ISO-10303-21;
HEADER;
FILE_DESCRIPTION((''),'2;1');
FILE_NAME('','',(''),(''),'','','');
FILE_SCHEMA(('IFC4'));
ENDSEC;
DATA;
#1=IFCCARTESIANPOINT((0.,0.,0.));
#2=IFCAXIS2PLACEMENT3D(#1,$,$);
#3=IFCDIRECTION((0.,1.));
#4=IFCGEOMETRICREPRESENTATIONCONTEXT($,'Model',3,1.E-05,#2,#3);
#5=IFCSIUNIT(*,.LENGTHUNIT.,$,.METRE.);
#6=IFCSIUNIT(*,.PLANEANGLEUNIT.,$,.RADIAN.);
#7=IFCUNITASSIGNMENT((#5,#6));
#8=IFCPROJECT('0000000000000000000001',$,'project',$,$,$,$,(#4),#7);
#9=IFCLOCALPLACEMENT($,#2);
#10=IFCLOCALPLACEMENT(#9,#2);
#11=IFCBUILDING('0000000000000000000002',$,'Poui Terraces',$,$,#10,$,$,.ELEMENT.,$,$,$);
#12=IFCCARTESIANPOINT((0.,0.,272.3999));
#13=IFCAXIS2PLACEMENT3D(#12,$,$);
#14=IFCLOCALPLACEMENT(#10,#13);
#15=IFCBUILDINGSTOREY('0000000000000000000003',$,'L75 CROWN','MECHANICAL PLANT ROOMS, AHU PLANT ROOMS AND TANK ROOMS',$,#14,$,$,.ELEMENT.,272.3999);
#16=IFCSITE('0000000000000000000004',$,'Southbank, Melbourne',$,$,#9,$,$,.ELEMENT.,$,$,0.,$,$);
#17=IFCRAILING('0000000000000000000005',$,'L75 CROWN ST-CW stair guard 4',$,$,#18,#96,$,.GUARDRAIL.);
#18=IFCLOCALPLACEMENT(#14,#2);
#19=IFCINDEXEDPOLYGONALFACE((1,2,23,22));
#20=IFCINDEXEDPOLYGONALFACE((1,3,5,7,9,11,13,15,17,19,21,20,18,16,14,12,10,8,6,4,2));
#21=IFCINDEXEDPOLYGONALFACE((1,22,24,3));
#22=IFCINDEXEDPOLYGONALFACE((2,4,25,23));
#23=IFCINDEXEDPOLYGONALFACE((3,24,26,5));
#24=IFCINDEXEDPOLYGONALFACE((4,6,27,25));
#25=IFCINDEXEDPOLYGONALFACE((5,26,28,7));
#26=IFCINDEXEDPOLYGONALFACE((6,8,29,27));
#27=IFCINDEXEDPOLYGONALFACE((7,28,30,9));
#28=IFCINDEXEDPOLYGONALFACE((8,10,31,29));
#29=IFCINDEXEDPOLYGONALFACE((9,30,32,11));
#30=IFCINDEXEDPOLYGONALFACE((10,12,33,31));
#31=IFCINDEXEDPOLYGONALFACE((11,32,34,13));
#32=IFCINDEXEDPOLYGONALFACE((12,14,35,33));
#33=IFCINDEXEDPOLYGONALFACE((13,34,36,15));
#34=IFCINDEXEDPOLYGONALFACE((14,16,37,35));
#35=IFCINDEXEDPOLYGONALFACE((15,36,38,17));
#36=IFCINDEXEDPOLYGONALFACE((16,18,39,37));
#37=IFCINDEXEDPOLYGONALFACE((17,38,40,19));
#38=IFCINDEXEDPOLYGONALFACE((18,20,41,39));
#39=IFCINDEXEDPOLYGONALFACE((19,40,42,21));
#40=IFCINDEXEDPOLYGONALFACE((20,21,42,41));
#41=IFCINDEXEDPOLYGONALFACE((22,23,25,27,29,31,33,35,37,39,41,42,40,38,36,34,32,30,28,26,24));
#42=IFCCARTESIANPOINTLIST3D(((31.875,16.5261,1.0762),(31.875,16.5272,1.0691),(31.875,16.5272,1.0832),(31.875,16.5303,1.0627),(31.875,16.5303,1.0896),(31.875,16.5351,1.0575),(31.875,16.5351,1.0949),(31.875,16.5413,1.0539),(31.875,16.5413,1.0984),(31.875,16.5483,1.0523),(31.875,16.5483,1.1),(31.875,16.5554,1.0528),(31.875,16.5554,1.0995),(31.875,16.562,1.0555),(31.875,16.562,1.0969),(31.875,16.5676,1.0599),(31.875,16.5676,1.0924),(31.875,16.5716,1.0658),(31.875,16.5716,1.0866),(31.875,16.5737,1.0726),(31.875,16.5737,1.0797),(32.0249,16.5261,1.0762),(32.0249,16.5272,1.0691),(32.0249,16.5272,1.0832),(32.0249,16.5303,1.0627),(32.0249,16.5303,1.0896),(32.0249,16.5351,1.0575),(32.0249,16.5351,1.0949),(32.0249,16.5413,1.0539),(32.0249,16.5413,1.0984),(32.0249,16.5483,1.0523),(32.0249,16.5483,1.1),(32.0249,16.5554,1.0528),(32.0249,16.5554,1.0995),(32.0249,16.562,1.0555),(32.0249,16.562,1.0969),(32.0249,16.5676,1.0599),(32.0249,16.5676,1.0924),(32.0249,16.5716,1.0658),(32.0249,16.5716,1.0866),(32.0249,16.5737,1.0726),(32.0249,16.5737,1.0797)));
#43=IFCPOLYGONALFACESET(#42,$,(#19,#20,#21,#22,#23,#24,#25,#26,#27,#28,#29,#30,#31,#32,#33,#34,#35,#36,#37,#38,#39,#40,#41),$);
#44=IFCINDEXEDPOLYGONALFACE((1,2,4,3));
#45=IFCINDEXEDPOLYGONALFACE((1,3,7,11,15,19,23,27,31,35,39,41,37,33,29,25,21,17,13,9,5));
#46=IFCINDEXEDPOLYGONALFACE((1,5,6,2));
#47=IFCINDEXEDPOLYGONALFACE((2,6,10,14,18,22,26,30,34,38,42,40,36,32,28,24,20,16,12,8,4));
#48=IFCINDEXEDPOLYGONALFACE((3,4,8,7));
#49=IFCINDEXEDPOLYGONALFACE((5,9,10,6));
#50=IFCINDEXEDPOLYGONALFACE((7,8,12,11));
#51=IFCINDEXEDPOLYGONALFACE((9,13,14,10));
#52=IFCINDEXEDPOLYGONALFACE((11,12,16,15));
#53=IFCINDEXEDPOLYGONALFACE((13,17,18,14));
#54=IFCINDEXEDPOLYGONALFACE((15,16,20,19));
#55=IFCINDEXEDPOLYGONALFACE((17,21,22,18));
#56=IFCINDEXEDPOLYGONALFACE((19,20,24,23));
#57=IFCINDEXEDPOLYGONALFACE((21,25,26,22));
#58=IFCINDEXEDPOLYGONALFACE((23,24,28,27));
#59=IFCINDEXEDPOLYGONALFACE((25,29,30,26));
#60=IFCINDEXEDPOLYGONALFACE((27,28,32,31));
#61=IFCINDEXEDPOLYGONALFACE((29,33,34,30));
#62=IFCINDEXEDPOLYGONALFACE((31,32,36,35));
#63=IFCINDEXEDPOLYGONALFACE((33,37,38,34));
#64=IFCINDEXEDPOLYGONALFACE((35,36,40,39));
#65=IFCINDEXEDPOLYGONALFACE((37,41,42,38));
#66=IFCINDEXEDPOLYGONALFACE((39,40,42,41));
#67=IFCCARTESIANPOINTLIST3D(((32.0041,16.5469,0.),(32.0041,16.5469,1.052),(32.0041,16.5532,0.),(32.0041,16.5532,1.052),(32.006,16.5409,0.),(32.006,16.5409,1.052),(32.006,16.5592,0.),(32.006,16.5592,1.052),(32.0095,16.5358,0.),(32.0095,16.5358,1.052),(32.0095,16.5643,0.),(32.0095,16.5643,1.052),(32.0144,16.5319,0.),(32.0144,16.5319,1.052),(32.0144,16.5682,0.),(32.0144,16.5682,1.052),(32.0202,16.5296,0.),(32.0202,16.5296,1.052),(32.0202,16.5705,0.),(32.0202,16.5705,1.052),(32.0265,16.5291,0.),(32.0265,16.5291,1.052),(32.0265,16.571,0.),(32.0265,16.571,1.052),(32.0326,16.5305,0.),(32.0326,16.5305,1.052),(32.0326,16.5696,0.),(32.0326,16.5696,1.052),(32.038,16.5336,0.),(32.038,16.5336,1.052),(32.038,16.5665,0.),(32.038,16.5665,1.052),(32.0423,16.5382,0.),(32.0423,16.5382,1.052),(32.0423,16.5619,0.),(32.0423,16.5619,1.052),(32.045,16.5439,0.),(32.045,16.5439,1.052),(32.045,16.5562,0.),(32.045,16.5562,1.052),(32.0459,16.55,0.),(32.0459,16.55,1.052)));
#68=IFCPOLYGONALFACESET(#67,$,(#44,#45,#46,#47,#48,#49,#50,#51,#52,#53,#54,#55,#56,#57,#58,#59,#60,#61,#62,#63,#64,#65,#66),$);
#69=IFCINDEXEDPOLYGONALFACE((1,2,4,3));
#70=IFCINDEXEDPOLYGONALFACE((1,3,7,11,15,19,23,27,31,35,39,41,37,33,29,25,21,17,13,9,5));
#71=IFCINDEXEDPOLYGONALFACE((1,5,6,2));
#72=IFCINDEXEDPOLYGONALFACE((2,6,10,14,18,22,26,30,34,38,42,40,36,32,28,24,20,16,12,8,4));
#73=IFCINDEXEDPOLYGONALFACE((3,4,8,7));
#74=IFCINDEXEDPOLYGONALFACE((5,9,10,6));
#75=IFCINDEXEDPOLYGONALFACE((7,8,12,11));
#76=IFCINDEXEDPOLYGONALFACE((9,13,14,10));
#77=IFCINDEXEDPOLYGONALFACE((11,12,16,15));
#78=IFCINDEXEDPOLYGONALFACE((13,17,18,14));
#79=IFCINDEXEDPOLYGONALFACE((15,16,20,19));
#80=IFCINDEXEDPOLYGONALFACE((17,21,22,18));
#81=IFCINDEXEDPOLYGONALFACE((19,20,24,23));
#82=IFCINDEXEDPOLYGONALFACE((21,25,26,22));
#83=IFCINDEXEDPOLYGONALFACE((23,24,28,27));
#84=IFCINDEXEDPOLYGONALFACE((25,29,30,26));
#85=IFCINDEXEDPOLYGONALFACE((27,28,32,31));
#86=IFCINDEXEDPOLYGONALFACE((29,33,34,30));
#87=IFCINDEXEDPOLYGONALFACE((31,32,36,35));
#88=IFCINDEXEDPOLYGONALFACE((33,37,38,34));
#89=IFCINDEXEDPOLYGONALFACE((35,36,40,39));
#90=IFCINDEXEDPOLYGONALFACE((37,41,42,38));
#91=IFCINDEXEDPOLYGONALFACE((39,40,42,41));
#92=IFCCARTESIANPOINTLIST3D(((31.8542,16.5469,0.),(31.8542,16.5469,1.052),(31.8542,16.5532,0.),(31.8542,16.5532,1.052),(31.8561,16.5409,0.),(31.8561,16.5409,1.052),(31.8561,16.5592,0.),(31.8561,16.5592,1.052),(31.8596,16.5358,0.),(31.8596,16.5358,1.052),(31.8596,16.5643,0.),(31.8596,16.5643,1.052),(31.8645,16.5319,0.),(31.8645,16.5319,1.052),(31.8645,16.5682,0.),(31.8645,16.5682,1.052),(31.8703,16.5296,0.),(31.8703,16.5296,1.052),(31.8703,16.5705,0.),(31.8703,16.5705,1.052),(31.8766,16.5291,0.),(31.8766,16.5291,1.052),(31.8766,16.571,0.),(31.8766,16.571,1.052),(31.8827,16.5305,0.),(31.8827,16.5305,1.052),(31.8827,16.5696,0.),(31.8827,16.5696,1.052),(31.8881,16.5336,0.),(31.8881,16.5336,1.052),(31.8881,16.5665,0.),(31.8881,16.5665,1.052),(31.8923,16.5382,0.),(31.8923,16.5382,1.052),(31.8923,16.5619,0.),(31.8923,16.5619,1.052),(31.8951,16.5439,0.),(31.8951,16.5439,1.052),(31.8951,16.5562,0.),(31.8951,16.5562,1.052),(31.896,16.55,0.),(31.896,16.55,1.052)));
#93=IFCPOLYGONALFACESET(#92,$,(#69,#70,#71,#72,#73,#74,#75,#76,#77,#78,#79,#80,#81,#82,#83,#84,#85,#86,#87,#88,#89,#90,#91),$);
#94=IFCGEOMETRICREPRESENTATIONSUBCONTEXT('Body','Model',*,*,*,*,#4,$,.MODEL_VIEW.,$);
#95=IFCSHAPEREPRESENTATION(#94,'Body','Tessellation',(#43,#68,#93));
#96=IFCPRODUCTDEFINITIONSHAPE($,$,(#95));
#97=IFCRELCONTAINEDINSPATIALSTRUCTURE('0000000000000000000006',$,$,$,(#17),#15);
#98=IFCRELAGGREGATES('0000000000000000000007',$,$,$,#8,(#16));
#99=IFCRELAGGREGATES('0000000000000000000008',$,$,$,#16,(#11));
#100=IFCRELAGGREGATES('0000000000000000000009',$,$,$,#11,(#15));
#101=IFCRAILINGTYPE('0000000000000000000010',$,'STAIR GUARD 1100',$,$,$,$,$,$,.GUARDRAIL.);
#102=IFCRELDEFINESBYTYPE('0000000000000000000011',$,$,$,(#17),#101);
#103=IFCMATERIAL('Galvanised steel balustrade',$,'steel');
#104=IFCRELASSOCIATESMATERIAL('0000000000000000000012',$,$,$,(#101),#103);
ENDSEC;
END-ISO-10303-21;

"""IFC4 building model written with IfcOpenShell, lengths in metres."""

from ifc_helpers import new_model, si_unit, direction, frame, origin, origin_2d, place, context, subcontext, project, spatial, circle, extrude, material, type_object, element, save


model = new_model("IFC4")

# Units and contexts
model_context = context("Model", 3, precision=1e-05, world=origin(), true_north=direction((0.0, 1.0)))
body_context = subcontext(model_context, "Body", "Model", "MODEL_VIEW")
ifc_project = project(units=[si_unit("LENGTHUNIT", "METRE"), si_unit("PLANEANGLEUNIT", "RADIAN")], contexts=[model_context])

# Site, building, storey
site_placement = place(None, origin())
site = spatial("IfcSite", under=ifc_project, at=site_placement, Name="Southbank, Melbourne", CompositionType="ELEMENT", RefElevation=0.0)
building_placement = place(site_placement, origin())
building = spatial("IfcBuilding", under=site, at=building_placement, Name="Poui Terraces", CompositionType="ELEMENT")
storey_placement = place(building_placement, frame((0.0, 0.0, 272.3999)))
storey = spatial("IfcBuildingStorey", under=building, at=storey_placement, Name="L75 CROWN", Description="MECHANICAL PLANT ROOMS, AHU PLANT ROOMS AND TANK ROOMS", CompositionType="ELEMENT", Elevation=272.3999)

# Railing
ifc_material_1 = material(Name="Galvanised steel balustrade", Category="steel")
railing_type_1 = type_object("IfcRailingType", Name="STAIR GUARD 1100", PredefinedType="GUARDRAIL", material=ifc_material_1)
railing_1_placement = place(storey_placement, frame((32.0249, 16.55, 0.0)))
element("IfcRailing", 1, at=railing_1_placement, inside=storey, type_object=railing_type_1, Name="L75 CROWN ST-CW stair guard 4", PredefinedType="GUARDRAIL", context=body_context, shape_type="SweptSolid", body=[
    extrude(circle(Radius=0.0239, at=origin_2d()), frame((0.0, 0.0, 1.0762), z_axis=(-1.0, 0.0, 0.0), x_axis=(0.0, -1.0, 0.0)), (0.0, 0.0, 1.0), 0.1499),
    extrude(circle(Radius=0.021, at=origin_2d()), origin(), (0.0, 0.0, 1.0), 1.052),
    extrude(circle(Radius=0.021, at=origin_2d()), frame((-0.1499, 0.0, 0.0)), (0.0, 0.0, 1.0), 1.052),
])

save(model, "model.ifc")
